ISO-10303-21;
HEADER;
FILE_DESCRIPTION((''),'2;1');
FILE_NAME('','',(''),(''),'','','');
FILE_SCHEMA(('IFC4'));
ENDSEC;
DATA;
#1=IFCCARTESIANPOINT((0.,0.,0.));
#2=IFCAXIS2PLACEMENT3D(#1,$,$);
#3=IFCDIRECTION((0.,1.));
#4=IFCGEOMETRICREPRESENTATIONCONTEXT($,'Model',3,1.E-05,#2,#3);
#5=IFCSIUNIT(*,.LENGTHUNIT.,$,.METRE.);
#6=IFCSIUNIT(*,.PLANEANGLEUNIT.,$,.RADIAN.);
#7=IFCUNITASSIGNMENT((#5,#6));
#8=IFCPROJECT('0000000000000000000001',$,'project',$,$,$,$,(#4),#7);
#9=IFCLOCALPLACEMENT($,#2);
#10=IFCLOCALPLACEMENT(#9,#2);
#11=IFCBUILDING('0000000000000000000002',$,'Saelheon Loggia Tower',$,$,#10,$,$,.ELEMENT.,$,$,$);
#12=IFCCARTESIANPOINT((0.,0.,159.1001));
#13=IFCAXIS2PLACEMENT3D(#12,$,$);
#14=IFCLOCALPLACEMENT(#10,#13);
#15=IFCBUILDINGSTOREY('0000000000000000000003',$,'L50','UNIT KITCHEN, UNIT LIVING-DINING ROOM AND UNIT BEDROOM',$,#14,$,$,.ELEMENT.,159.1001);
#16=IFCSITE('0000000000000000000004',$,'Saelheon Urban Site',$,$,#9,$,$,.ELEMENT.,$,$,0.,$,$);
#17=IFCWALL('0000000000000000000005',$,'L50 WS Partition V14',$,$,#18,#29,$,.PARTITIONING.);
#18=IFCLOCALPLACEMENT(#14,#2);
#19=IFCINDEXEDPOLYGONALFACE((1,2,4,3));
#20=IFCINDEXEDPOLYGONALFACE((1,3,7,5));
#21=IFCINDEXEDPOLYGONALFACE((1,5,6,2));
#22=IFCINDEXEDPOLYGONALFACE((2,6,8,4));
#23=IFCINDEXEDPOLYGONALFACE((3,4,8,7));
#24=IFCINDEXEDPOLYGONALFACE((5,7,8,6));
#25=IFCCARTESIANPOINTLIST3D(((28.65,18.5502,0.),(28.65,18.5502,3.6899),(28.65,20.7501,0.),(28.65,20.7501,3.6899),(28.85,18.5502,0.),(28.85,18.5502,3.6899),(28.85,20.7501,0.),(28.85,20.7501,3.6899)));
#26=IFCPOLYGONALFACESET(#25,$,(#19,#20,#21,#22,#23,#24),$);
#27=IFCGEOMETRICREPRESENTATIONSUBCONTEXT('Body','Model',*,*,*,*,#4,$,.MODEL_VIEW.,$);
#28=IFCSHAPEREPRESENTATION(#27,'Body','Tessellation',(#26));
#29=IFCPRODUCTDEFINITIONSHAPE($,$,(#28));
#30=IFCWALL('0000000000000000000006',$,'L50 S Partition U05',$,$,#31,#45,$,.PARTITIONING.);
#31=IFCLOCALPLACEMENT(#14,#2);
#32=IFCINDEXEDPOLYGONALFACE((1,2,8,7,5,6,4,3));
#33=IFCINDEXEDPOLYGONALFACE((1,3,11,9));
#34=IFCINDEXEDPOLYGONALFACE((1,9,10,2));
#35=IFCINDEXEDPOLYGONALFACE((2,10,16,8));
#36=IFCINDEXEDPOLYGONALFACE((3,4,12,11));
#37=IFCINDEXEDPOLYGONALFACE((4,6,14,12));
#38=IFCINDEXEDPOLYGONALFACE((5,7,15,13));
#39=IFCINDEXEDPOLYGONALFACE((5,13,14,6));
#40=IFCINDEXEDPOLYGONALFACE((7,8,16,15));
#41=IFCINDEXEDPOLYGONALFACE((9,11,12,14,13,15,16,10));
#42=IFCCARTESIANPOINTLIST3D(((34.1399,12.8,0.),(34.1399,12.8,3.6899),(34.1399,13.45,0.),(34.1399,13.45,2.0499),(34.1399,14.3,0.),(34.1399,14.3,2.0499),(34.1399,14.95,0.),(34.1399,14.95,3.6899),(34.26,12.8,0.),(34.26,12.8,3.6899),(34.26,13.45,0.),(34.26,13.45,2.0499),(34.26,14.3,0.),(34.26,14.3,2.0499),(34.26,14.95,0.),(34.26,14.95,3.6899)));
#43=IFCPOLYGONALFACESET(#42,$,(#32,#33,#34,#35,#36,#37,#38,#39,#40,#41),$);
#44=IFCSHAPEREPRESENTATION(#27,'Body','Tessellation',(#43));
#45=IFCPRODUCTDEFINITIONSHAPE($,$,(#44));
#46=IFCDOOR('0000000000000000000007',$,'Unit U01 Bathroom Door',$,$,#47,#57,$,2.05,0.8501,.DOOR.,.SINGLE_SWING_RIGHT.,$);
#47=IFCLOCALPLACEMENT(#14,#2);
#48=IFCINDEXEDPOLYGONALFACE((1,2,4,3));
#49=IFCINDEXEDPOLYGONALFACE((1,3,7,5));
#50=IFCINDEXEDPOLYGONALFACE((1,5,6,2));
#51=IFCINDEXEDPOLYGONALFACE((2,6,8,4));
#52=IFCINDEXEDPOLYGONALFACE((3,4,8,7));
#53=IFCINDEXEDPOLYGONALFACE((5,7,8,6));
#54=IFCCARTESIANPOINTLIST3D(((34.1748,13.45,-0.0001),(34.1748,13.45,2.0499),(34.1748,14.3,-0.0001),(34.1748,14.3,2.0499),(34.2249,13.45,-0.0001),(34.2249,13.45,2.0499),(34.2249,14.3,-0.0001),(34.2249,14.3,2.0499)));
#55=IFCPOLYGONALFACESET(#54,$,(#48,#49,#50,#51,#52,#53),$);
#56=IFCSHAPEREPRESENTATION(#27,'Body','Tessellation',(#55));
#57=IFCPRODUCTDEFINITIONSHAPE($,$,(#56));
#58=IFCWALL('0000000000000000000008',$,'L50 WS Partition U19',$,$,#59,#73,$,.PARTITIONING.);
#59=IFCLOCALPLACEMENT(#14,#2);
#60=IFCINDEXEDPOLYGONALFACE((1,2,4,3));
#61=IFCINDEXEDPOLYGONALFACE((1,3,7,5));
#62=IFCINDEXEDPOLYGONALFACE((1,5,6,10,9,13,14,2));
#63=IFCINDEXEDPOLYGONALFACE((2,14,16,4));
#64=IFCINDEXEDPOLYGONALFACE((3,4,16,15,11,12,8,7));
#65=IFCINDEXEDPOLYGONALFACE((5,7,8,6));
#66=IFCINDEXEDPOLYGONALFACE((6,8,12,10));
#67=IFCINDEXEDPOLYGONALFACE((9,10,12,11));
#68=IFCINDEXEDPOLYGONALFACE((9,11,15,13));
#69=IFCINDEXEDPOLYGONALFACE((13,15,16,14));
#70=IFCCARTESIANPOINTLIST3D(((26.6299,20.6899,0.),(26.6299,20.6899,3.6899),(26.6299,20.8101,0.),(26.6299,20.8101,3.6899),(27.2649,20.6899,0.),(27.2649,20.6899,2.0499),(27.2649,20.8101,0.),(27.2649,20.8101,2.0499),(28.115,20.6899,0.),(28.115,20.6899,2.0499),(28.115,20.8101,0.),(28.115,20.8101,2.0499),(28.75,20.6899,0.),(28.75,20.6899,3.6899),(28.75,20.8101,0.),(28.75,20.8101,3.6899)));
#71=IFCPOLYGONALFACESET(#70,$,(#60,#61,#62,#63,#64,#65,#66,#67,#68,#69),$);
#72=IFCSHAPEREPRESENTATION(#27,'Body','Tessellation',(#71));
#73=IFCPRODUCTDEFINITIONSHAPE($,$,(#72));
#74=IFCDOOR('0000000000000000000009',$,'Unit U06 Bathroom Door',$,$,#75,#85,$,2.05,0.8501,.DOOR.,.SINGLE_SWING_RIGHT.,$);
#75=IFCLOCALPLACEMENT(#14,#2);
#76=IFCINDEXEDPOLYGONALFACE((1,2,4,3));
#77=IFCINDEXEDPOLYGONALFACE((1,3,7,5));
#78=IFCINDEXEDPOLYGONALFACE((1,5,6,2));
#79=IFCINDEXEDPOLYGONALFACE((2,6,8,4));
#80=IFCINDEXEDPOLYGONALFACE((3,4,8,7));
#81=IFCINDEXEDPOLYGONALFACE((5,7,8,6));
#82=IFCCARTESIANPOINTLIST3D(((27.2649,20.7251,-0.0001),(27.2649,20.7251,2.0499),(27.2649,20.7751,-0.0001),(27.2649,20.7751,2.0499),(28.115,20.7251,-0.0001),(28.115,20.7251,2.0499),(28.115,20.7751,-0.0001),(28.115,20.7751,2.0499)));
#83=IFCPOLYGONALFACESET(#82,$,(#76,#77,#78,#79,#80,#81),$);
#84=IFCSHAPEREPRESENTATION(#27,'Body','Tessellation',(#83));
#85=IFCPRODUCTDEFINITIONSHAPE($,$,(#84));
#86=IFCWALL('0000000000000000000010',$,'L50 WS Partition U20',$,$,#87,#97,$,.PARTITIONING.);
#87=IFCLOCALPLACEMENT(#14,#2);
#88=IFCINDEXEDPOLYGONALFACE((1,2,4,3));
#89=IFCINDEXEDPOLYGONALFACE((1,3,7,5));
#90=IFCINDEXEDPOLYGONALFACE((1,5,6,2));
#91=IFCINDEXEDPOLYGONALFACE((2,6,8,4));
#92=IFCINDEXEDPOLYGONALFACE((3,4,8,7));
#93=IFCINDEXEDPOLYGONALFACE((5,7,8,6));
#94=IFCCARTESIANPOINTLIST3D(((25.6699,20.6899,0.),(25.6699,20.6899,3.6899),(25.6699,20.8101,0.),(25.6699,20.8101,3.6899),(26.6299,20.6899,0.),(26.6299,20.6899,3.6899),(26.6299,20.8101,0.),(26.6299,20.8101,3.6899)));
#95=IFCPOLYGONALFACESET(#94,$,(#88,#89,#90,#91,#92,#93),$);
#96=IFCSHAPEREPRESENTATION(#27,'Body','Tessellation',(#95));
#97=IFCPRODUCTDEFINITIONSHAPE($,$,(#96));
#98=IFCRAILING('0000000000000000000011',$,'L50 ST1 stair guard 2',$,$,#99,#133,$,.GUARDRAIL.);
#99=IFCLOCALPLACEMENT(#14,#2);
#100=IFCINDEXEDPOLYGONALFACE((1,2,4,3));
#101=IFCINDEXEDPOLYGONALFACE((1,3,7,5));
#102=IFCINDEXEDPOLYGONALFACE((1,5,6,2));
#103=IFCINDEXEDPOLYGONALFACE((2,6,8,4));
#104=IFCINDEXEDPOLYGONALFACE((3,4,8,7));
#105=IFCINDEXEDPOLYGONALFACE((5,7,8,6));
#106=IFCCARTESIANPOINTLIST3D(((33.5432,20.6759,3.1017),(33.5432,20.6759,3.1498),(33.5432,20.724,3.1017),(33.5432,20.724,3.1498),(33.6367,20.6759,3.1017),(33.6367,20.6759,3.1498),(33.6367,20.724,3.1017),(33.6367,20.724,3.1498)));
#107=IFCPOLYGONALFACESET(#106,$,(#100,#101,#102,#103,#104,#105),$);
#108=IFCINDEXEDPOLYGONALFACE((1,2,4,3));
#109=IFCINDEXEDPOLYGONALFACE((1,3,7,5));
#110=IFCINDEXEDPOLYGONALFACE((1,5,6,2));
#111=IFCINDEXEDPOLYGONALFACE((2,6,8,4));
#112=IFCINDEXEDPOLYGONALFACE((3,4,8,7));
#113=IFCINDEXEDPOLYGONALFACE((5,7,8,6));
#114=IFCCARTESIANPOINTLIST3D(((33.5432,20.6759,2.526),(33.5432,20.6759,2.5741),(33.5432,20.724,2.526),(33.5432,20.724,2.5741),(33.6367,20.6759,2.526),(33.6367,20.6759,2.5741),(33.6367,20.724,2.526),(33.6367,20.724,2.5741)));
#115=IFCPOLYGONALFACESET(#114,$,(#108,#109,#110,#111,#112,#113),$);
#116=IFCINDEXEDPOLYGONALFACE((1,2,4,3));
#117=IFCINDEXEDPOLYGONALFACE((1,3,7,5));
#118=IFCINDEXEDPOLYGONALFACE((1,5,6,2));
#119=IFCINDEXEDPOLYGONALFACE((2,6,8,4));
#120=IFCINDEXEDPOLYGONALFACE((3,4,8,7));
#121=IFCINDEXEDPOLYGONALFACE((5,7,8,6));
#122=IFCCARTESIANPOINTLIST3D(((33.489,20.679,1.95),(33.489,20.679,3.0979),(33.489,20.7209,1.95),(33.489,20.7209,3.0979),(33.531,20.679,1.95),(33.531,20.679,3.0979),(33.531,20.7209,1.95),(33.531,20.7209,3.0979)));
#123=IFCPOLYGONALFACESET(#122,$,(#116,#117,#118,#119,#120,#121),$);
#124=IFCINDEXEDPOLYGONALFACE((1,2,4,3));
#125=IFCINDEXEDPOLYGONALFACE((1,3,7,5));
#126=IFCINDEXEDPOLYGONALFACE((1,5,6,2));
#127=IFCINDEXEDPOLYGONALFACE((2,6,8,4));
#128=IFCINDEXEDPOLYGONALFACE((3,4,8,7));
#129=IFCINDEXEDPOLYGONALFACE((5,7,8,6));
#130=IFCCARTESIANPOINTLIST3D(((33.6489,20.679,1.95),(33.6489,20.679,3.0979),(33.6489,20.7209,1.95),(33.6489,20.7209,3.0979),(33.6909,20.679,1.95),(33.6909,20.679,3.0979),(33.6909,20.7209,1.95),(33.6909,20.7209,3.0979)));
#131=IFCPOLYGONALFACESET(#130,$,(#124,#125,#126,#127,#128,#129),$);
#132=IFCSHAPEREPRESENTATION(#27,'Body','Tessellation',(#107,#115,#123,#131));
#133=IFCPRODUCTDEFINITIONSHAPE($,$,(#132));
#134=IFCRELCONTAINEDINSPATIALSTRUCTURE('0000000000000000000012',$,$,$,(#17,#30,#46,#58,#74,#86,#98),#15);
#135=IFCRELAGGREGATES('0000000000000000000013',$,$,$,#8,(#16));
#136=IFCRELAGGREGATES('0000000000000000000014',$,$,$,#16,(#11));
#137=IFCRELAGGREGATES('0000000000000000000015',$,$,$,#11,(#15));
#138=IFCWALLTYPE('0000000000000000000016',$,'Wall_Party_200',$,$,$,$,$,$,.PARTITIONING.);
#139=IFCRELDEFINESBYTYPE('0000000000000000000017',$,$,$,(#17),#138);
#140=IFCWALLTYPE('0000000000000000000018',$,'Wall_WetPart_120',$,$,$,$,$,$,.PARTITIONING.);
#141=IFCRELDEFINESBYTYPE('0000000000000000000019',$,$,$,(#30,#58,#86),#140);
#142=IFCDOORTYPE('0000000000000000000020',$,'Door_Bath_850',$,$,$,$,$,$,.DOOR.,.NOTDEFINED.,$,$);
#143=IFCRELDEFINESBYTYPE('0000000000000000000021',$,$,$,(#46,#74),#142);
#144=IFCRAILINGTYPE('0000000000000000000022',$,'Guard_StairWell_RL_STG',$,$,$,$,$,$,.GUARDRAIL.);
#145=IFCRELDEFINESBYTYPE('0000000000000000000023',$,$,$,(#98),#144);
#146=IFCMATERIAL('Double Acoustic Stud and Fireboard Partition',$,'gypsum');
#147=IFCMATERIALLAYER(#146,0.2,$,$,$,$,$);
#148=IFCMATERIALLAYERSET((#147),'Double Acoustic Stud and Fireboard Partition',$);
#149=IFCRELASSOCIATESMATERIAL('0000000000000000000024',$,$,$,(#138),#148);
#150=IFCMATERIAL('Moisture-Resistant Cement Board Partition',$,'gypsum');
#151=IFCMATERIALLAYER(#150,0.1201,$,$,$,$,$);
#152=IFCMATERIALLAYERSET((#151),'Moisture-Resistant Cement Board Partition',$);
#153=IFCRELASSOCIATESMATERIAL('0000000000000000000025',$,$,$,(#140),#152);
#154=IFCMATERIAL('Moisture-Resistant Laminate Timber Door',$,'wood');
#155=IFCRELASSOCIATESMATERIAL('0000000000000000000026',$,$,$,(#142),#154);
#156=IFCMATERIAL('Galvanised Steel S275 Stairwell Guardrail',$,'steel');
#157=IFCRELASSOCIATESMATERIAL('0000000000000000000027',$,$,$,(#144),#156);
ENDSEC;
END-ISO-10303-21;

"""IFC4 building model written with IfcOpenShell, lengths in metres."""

from ifc_helpers import new_model, si_unit, direction, frame, frame_2d, origin, origin_2d, place, context, subcontext, project, spatial, rectangle, extrude, source, transform, mapped, material, layer, layer_set, type_object, element, fill, save


model = new_model("IFC4")

# Units and contexts
model_context = context("Model", 3, precision=1e-05, world=origin(), true_north=direction((0.0, 1.0)))
body_context = subcontext(model_context, "Body", "Model", "MODEL_VIEW")
ifc_project = project(units=[si_unit("LENGTHUNIT", "METRE"), si_unit("PLANEANGLEUNIT", "RADIAN")], contexts=[model_context])

# Site, building, storey
site_placement = place(None, origin())
site = spatial("IfcSite", under=ifc_project, at=site_placement, Name="Saelheon Urban Site", CompositionType="ELEMENT", RefElevation=0.0)
building_placement = place(site_placement, origin())
building = spatial("IfcBuilding", under=site, at=building_placement, Name="Saelheon Loggia Tower", CompositionType="ELEMENT")
storey_placement = place(building_placement, frame((0.0, 0.0, 159.1001)))
storey = spatial("IfcBuildingStorey", under=building, at=storey_placement, Name="L50", Description="UNIT KITCHEN, UNIT LIVING-DINING ROOM AND UNIT BEDROOM", CompositionType="ELEMENT", Elevation=159.1001)

# Wall
ifc_material_1 = material(Name="Double Acoustic Stud and Fireboard Partition", Category="gypsum")
ifc_layer_1 = layer(ifc_material_1, 0.2)
ifc_layer_set_1 = layer_set([ifc_layer_1], Name="Double Acoustic Stud and Fireboard Partition")
wall_type_1 = type_object("IfcWallType", Name="Wall_Party_200", PredefinedType="PARTITIONING", material=ifc_layer_set_1)
wall_1_placement = place(storey_placement, frame((28.75, 18.55, 0.0), z_axis=(0.0, 0.0, 1.0), x_axis=(0.0, 1.0, 0.0)))
element("IfcWall", 1, at=wall_1_placement, inside=storey, type_object=wall_type_1, Name="L50 WS Partition V14", PredefinedType="PARTITIONING", context=body_context, shape_type="SweptSolid", body=[
    extrude(rectangle(XDim=2.2, YDim=0.2, at=frame_2d((1.1001, 0.0))), origin(), (0.0, 0.0, 1.0), 3.6899),
])

# Walls, openings, doors
ifc_material_2 = material(Name="Moisture-Resistant Cement Board Partition", Category="gypsum")
ifc_layer_2 = layer(ifc_material_2, 0.1201)
ifc_layer_set_2 = layer_set([ifc_layer_2], Name="Moisture-Resistant Cement Board Partition")
wall_type_2 = type_object("IfcWallType", Name="Wall_WetPart_120", PredefinedType="PARTITIONING", material=ifc_layer_set_2)
wall_2_placement = place(storey_placement, frame((34.2, 14.95, 0.0), z_axis=(0.0, 0.0, 1.0), x_axis=(0.0, -1.0, 0.0)))
wall_2 = element("IfcWall", 2, at=wall_2_placement, inside=storey, type_object=wall_type_2, Name="L50 S Partition U05", PredefinedType="PARTITIONING", context=body_context, shape_type="SweptSolid", body=[
    extrude(rectangle(XDim=2.1499, YDim=0.1201, at=frame_2d((1.075, 0.0))), origin(), (0.0, 0.0, 1.0), 3.6899),
])
opening_1_placement = place(wall_2_placement, frame((0.6499, 0.0, 0.0)))
opening_1 = element("IfcOpeningElement", 3, at=opening_1_placement, cuts=wall_2, PredefinedType="OPENING", context=body_context, shape_type="SweptSolid", body=[
    extrude(rectangle(XDim=0.8501, YDim=2.05, at=frame_2d((0.425, 1.0249))), frame((0.0, 0.072, 0.0), z_axis=(0.0, -1.0, 0.0), x_axis=(1.0, 0.0, 0.0)), (0.0, 0.0, 1.0), 0.144),
])
ifc_material_3 = material(Name="Moisture-Resistant Laminate Timber Door", Category="wood")
door_type_1 = type_object("IfcDoorType", Name="Door_Bath_850", OperationType="NOTDEFINED", PredefinedType="DOOR", material=ifc_material_3)
shared_shape_1 = source(origin(), body_context, "Body", "SweptSolid", [
    extrude(rectangle(XDim=0.8501, YDim=2.05, at=frame_2d((0.425, 1.0249))), frame((0.0, 0.0249, 0.0), z_axis=(0.0, -1.0, 0.0), x_axis=(1.0, 0.0, 0.0)), (0.0, 0.0, 1.0), 0.05),
])
door_1_placement = place(opening_1_placement, origin())
door_1 = element("IfcDoor", 4, at=door_1_placement, inside=storey, type_object=door_type_1, Name="Unit U01 Bathroom Door", OperationType="SINGLE_SWING_RIGHT", OverallHeight=2.05, OverallWidth=0.8501, PredefinedType="DOOR", context=body_context, shape_type="MappedRepresentation", body=[
    mapped(shared_shape_1, transform((0.0, 0.0, 0.0), scale=1.0)),
])
fill(opening_1, door_1)
wall_3_placement = place(storey_placement, frame((28.75, 20.75, 0.0), z_axis=(0.0, 0.0, 1.0), x_axis=(-1.0, 0.0, 0.0)))
wall_3 = element("IfcWall", 5, at=wall_3_placement, inside=storey, type_object=wall_type_2, Name="L50 WS Partition U19", PredefinedType="PARTITIONING", context=body_context, shape_type="SweptSolid", body=[
    extrude(rectangle(XDim=2.1201, YDim=0.1201, at=frame_2d((1.0601, 0.0))), origin(), (0.0, 0.0, 1.0), 3.6899),
])
opening_2_placement = place(wall_3_placement, frame((0.635, 0.0, 0.0)))
opening_2 = element("IfcOpeningElement", 6, at=opening_2_placement, cuts=wall_3, PredefinedType="OPENING", context=body_context, shape_type="SweptSolid", body=[
    extrude(rectangle(XDim=0.8501, YDim=2.05, at=frame_2d((0.425, 1.0249))), frame((0.0, 0.072, 0.0), z_axis=(0.0, -1.0, 0.0), x_axis=(1.0, 0.0, 0.0)), (0.0, 0.0, 1.0), 0.144),
])
door_2_placement = place(opening_2_placement, origin())
door_2 = element("IfcDoor", 7, at=door_2_placement, inside=storey, type_object=door_type_1, Name="Unit U06 Bathroom Door", OperationType="SINGLE_SWING_RIGHT", OverallHeight=2.05, OverallWidth=0.8501, PredefinedType="DOOR", context=body_context, shape_type="MappedRepresentation", body=[
    mapped(shared_shape_1, transform((0.0, 0.0, 0.0), scale=1.0)),
])
fill(opening_2, door_2)

# Wall
wall_4_placement = place(storey_placement, frame((26.6299, 20.75, 0.0), z_axis=(0.0, 0.0, 1.0), x_axis=(-1.0, 0.0, 0.0)))
element("IfcWall", 8, at=wall_4_placement, inside=storey, type_object=wall_type_2, Name="L50 WS Partition U20", PredefinedType="PARTITIONING", context=body_context, shape_type="SweptSolid", body=[
    extrude(rectangle(XDim=0.96, YDim=0.1201, at=frame_2d((0.48, 0.0))), origin(), (0.0, 0.0, 1.0), 3.6899),
])

# Railing
ifc_material_4 = material(Name="Galvanised Steel S275 Stairwell Guardrail", Category="steel")
railing_type = type_object("IfcRailingType", Name="Guard_StairWell_RL_STG", PredefinedType="GUARDRAIL", material=ifc_material_4)
railing_1_placement = place(storey_placement, frame((33.51, 20.7, 1.95)))
element("IfcRailing", 9, at=railing_1_placement, inside=storey, type_object=railing_type, Name="L50 ST1 stair guard 2", PredefinedType="GUARDRAIL", context=body_context, shape_type="SweptSolid", body=[
    extrude(rectangle(XDim=0.0481, YDim=0.0481, at=origin_2d()), frame((0.0332, 0.0, 1.1758), z_axis=(1.0, 0.0, 0.0), x_axis=(0.0, 1.0, 0.0)), (0.0, 0.0, 1.0), 0.0935),
    extrude(rectangle(XDim=0.0481, YDim=0.0481, at=origin_2d()), frame((0.0332, 0.0, 0.6001), z_axis=(1.0, 0.0, 0.0), x_axis=(0.0, 1.0, 0.0)), (0.0, 0.0, 1.0), 0.0935),
    extrude(rectangle(XDim=0.042, YDim=0.042, at=origin_2d()), origin(), (0.0, 0.0, 1.0), 1.1479),
    extrude(rectangle(XDim=0.042, YDim=0.042, at=origin_2d()), frame((0.1599, 0.0, 0.0)), (0.0, 0.0, 1.0), 1.1479),
])

save(model, "model.ifc")
